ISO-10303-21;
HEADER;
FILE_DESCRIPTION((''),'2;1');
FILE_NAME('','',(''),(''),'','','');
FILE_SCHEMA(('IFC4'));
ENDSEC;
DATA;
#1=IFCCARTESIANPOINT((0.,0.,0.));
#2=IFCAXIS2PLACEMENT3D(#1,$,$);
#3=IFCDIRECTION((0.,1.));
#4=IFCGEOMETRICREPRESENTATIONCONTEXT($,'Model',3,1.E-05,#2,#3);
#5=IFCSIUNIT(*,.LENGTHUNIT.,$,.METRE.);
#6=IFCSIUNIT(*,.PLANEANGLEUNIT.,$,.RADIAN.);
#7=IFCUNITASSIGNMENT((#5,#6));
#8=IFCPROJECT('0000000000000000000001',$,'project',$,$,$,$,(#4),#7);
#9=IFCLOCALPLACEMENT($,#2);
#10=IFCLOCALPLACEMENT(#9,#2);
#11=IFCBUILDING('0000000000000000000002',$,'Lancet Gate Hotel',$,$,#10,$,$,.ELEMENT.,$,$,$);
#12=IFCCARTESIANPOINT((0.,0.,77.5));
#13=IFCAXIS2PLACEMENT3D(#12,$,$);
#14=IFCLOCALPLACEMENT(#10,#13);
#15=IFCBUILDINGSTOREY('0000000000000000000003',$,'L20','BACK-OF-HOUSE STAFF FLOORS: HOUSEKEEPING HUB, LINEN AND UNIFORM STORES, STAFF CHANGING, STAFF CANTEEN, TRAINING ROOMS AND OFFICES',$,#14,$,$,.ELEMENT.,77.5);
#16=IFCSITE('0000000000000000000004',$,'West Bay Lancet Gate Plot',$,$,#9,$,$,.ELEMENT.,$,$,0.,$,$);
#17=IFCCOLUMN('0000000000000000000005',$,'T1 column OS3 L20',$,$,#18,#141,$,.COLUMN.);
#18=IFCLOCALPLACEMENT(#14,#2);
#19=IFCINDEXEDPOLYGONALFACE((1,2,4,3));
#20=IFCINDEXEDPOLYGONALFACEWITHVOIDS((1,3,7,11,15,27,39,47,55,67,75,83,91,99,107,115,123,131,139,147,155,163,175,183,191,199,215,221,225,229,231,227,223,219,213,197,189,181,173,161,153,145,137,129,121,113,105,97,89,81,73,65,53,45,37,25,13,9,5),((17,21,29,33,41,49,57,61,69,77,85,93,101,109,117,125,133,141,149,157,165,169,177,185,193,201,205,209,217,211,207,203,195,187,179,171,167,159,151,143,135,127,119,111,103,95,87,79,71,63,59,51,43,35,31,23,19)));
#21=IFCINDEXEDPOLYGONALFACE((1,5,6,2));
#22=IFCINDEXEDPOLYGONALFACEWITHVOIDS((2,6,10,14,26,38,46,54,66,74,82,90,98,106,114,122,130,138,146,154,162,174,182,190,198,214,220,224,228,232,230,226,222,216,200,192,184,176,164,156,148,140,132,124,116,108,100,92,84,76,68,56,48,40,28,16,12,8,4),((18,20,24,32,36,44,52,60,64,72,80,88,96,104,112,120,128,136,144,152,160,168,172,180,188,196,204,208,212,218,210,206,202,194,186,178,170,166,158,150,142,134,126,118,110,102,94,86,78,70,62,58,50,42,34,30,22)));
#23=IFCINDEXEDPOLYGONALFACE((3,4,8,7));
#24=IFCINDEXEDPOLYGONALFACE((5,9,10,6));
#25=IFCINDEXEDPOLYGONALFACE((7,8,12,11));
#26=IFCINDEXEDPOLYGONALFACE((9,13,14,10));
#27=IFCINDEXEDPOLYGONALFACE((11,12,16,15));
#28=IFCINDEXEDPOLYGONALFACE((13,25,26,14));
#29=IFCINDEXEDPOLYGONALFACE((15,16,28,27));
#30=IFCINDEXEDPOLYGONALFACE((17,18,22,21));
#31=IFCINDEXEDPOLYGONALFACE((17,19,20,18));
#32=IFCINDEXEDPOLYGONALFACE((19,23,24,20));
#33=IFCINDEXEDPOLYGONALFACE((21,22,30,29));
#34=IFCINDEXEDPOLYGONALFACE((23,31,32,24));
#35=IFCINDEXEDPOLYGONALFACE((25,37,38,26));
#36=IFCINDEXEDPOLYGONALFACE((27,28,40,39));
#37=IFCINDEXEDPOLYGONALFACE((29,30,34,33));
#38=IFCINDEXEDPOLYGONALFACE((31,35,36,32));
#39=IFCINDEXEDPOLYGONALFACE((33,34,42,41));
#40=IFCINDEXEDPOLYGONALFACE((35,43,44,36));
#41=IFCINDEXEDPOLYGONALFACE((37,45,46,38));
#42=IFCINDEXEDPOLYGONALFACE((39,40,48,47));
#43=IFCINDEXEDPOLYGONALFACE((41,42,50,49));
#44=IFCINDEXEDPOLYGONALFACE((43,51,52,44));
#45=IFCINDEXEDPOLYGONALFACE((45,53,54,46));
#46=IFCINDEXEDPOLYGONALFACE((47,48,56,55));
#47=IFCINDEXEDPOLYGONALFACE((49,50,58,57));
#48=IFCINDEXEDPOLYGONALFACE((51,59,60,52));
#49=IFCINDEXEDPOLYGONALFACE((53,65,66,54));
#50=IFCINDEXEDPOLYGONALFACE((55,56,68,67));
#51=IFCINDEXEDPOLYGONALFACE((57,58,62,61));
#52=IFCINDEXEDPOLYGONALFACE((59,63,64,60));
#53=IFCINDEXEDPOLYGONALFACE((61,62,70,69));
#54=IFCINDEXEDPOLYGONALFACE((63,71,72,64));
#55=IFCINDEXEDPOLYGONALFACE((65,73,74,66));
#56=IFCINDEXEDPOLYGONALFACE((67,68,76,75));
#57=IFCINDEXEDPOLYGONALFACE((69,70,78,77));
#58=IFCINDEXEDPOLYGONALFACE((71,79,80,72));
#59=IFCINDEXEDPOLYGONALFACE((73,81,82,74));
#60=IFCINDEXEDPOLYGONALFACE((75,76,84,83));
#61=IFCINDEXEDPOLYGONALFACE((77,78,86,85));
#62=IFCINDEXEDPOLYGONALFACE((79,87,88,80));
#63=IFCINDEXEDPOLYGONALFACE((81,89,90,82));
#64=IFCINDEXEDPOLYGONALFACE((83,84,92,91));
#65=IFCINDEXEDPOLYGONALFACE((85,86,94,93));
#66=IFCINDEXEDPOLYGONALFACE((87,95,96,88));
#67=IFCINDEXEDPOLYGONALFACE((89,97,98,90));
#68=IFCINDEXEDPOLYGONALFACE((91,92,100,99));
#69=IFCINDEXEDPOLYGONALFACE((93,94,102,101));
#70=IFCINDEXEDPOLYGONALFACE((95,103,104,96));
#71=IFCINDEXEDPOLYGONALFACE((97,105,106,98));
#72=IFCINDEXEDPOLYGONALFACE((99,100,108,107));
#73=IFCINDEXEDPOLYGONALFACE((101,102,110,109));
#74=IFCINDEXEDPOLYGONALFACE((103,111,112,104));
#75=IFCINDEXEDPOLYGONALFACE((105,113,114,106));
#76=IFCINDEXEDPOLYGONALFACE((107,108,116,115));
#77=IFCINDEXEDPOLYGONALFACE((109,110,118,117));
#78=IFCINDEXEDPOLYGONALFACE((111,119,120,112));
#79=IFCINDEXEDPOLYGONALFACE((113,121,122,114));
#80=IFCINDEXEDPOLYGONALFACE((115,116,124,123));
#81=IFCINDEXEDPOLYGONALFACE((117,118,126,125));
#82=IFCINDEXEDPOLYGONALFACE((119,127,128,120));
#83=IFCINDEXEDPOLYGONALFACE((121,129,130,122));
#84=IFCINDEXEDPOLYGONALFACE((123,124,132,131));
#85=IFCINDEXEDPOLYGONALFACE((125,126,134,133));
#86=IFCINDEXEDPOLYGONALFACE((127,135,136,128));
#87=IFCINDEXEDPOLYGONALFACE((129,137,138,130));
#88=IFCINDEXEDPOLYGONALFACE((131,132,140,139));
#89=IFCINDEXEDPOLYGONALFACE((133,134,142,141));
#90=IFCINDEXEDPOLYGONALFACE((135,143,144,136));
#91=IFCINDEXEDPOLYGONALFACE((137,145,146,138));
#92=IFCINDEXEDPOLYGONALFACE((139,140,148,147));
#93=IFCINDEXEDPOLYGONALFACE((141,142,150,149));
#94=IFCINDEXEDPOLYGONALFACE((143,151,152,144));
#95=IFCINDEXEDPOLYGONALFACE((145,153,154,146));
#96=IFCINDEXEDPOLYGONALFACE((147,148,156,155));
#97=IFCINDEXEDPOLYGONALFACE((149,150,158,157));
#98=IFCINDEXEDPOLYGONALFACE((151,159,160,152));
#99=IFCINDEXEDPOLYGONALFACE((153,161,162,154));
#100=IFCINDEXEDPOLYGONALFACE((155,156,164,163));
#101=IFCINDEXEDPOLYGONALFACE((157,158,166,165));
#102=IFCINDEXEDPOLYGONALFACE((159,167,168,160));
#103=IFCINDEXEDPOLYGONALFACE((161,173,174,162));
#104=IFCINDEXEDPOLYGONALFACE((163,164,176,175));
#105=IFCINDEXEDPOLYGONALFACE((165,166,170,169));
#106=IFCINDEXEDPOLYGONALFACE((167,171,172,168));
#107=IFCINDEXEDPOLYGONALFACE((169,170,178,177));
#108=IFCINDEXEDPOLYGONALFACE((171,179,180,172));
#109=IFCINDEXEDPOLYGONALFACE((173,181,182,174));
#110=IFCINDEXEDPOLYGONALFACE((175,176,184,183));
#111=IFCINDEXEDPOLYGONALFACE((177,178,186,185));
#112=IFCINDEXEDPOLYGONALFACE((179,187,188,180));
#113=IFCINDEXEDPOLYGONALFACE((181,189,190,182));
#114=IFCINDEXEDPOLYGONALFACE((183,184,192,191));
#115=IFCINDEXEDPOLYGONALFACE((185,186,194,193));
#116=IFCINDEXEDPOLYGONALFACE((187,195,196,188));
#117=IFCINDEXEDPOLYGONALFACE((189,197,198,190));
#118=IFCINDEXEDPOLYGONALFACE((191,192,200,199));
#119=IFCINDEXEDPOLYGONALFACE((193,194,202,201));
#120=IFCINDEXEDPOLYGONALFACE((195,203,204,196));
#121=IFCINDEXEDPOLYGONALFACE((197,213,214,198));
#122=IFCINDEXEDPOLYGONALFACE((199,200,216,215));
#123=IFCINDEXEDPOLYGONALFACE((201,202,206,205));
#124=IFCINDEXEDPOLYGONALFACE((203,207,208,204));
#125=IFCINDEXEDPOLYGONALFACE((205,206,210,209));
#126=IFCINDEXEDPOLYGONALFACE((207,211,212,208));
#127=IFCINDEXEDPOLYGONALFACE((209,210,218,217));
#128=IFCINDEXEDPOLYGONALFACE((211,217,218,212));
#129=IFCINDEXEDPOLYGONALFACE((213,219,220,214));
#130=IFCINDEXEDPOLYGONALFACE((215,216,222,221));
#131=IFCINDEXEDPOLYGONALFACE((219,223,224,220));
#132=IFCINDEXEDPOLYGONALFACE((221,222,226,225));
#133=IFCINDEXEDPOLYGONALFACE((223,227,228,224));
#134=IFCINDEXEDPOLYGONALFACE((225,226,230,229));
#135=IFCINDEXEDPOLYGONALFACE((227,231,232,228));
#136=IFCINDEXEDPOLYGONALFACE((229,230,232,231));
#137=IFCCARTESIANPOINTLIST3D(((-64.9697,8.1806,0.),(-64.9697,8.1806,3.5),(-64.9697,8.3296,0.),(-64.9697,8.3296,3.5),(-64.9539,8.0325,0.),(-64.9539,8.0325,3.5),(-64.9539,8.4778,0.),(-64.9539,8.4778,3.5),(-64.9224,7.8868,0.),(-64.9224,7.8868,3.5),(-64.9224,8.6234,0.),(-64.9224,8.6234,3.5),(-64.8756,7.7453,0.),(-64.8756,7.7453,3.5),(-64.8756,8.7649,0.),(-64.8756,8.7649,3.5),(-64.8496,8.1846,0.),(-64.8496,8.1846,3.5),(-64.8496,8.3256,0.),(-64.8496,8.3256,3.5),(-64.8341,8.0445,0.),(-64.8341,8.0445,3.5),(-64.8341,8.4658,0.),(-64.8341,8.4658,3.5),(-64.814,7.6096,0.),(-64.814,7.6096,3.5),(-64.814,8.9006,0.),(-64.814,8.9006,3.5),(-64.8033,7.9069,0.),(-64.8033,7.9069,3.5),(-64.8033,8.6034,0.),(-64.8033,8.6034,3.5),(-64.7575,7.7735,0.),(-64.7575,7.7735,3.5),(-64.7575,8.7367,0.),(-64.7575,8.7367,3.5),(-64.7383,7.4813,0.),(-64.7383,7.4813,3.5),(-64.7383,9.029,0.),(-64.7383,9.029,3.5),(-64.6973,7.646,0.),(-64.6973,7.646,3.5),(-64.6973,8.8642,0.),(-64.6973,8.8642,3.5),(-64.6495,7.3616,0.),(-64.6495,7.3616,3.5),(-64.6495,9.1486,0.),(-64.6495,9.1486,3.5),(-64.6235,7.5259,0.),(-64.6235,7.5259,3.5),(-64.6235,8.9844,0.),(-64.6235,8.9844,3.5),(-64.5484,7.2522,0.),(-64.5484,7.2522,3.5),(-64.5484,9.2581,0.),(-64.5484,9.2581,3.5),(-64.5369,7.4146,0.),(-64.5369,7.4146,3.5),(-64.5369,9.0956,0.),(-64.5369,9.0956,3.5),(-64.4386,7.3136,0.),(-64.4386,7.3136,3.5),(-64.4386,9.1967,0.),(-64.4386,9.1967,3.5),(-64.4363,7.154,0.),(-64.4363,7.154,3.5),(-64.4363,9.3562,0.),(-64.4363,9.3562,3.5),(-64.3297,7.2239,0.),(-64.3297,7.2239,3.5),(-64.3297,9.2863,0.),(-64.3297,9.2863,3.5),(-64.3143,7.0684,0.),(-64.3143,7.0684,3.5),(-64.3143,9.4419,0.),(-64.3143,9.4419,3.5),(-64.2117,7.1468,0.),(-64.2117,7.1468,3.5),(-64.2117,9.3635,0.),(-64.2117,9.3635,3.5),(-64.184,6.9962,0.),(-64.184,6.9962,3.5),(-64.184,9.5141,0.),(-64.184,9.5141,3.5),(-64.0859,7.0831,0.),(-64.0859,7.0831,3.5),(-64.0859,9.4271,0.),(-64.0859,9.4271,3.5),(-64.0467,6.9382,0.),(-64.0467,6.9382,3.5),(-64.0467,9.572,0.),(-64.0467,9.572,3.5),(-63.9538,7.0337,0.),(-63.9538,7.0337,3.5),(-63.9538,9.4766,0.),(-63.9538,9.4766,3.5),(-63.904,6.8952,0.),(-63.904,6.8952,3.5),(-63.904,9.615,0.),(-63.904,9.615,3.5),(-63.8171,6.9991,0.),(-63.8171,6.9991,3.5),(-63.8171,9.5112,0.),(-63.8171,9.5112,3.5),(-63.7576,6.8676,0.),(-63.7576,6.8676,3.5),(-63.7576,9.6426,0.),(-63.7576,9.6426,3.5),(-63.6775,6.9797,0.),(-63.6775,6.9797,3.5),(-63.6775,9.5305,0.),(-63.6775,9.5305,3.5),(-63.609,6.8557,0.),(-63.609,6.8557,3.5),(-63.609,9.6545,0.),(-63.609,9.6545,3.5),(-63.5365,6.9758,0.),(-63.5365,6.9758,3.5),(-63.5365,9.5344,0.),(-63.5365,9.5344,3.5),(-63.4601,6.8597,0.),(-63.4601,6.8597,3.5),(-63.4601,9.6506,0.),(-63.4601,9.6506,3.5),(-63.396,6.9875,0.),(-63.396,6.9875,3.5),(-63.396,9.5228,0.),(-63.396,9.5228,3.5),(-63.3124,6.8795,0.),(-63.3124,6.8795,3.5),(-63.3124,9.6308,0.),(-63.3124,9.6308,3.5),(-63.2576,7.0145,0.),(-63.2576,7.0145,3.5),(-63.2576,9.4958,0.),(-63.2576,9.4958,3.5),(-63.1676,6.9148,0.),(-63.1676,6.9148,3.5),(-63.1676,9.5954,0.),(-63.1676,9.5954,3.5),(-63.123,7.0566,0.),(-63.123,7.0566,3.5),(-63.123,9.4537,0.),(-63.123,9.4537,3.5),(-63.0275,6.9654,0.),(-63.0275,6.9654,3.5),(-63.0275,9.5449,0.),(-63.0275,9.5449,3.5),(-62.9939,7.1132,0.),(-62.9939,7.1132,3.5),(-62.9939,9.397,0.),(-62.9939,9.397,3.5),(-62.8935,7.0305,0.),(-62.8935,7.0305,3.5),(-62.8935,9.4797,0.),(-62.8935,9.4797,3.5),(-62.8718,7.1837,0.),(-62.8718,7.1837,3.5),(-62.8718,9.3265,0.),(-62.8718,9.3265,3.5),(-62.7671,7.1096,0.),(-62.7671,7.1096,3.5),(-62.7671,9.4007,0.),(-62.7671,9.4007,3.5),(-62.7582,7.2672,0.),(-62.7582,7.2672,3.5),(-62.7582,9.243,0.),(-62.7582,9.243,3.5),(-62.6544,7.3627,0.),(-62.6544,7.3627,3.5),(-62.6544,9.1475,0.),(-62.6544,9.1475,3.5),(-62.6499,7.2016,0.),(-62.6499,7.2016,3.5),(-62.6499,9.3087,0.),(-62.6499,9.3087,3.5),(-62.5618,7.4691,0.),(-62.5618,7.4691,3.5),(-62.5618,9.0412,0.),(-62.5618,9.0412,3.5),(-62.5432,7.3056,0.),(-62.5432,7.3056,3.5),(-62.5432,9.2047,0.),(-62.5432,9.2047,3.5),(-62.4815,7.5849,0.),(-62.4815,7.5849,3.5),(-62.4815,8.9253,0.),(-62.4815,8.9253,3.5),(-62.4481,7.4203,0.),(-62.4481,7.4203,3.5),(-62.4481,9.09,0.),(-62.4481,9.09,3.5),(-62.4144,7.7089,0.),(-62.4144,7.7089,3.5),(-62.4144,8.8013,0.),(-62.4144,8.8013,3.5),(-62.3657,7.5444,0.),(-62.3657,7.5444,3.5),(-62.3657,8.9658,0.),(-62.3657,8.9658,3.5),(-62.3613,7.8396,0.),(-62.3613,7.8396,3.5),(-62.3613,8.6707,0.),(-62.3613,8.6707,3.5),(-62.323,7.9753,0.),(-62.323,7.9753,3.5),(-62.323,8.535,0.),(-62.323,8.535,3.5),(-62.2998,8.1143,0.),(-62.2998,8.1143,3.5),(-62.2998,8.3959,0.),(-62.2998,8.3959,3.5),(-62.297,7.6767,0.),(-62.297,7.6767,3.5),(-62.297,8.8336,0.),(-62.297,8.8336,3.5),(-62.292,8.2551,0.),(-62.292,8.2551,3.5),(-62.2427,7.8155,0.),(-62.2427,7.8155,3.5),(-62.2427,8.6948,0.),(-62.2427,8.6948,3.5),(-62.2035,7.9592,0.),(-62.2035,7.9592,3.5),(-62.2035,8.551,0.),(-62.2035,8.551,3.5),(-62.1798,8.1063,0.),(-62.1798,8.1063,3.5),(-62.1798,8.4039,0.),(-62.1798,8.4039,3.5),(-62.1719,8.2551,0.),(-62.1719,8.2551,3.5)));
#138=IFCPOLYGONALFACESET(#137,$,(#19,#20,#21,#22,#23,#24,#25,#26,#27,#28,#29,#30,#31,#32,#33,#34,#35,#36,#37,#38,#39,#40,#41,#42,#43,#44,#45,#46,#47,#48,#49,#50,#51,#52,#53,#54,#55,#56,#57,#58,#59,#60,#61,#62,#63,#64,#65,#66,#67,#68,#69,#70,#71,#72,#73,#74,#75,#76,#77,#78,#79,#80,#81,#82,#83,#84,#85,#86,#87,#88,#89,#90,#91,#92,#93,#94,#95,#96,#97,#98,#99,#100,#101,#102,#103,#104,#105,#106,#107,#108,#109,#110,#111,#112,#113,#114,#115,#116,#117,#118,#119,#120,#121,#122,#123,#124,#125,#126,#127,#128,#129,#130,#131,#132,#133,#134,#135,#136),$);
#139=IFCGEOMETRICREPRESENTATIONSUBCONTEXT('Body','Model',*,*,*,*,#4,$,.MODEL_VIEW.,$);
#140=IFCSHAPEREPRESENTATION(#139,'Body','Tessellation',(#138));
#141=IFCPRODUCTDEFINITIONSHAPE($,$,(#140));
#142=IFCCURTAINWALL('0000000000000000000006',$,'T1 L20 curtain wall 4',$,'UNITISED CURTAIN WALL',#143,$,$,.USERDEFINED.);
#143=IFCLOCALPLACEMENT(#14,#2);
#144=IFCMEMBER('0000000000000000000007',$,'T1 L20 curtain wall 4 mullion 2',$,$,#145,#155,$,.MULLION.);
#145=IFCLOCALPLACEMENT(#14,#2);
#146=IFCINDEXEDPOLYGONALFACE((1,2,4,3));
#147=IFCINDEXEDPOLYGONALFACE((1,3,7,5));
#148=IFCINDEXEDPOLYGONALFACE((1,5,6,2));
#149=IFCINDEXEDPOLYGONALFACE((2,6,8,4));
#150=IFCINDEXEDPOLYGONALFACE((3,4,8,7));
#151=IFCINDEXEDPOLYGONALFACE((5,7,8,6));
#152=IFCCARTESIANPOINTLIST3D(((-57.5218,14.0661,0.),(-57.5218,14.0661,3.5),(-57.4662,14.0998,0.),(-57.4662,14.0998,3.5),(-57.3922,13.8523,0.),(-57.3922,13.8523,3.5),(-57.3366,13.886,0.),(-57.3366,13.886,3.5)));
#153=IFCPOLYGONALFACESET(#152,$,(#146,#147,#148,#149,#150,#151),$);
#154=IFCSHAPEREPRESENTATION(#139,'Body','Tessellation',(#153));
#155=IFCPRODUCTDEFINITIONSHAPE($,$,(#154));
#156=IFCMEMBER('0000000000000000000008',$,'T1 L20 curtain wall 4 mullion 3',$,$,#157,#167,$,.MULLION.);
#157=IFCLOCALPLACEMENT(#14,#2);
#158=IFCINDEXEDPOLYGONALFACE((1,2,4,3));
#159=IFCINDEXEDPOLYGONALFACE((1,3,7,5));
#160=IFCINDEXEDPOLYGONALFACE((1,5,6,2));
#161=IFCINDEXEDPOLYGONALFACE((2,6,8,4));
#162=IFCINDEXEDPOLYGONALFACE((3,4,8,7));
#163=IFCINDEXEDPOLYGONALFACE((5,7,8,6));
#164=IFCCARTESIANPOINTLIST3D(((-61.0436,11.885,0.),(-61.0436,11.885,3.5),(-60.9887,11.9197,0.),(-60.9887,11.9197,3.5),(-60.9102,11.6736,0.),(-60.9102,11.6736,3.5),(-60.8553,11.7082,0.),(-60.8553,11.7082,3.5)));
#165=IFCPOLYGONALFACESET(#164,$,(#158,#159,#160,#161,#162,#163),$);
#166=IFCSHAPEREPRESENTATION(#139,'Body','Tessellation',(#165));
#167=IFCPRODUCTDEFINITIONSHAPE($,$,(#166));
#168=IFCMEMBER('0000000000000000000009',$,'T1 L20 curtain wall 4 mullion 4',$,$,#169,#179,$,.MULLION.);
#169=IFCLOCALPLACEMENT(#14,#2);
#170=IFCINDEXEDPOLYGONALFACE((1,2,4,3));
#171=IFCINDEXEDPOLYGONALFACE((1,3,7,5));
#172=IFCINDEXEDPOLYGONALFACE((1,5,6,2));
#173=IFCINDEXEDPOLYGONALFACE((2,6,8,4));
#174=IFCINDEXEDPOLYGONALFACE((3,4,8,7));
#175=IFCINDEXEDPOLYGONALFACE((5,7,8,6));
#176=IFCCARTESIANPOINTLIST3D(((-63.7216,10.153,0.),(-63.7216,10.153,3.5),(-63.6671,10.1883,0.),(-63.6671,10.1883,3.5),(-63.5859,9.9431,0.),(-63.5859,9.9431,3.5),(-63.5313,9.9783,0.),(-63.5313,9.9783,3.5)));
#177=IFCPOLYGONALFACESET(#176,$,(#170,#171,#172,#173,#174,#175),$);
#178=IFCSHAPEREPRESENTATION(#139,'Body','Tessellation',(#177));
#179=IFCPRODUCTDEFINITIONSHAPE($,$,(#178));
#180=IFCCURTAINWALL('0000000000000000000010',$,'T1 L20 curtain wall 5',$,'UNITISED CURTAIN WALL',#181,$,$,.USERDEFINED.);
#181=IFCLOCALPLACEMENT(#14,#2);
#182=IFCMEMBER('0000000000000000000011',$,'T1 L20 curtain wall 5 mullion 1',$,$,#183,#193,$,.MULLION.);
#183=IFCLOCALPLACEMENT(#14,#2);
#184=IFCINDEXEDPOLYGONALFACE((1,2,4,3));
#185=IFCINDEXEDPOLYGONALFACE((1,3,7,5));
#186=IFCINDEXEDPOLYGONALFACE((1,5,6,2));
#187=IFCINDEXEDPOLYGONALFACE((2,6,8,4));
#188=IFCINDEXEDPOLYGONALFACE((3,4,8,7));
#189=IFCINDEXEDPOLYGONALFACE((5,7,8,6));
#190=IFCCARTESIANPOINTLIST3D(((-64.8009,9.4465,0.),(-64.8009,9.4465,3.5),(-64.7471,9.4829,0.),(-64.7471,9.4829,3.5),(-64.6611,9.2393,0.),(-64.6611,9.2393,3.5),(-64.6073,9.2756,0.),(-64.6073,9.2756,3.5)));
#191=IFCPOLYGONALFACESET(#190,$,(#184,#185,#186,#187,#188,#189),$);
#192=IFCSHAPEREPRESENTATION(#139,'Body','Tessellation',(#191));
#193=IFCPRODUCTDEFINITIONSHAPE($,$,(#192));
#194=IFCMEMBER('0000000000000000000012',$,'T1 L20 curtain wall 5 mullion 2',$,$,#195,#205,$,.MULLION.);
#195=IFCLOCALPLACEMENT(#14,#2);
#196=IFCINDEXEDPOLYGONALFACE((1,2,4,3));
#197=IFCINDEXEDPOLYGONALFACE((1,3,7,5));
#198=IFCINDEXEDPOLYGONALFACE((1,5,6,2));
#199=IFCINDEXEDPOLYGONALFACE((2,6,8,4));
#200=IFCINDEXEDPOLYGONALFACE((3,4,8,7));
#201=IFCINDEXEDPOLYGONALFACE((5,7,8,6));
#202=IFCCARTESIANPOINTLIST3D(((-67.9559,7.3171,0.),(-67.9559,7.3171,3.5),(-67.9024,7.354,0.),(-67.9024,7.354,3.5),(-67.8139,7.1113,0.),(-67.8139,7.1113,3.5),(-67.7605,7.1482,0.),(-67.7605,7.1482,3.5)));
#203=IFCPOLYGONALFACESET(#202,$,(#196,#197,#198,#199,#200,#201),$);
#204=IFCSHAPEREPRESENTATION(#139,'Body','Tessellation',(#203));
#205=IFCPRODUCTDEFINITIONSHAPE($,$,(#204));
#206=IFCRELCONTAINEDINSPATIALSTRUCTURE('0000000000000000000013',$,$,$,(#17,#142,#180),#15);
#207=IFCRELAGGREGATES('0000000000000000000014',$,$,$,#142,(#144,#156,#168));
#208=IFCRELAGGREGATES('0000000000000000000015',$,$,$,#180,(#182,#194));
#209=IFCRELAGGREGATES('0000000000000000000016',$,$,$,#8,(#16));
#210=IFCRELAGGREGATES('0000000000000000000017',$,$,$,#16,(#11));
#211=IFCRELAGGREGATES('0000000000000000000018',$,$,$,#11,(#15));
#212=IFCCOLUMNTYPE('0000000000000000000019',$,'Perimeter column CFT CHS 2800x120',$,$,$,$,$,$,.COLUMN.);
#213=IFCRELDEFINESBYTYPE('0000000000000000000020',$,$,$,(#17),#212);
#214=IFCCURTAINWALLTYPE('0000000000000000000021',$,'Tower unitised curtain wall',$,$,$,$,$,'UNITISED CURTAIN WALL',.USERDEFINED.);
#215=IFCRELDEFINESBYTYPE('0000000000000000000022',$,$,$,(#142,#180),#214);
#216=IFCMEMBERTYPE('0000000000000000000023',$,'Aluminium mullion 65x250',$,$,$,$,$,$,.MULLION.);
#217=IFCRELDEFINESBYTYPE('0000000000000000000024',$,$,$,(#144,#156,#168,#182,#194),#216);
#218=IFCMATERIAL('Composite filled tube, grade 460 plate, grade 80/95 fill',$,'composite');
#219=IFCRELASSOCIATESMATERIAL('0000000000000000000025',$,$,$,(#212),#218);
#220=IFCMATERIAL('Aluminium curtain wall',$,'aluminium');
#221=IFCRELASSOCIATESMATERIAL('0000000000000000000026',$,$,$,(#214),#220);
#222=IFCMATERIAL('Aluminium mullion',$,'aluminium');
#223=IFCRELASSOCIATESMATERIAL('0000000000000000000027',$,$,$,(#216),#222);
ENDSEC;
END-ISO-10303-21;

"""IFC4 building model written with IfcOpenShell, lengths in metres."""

from ifc_helpers import new_model, si_unit, direction, frame, origin, origin_2d, place, context, subcontext, project, spatial, rectangle, hollow_circle, extrude, material, material_profile, profile_set, type_object, element, aggregate, save


model = new_model("IFC4")

# Units and contexts
model_context = context("Model", 3, precision=1e-05, world=origin(), true_north=direction((0.0, 1.0)))
body_context = subcontext(model_context, "Body", "Model", "MODEL_VIEW")
ifc_project = project(units=[si_unit("LENGTHUNIT", "METRE"), si_unit("PLANEANGLEUNIT", "RADIAN")], contexts=[model_context])

# Site, building, storey
site_placement = place(None, origin())
site = spatial("IfcSite", under=ifc_project, at=site_placement, Name="West Bay Lancet Gate Plot", CompositionType="ELEMENT", RefElevation=0.0)
building_placement = place(site_placement, origin())
building = spatial("IfcBuilding", under=site, at=building_placement, Name="Lancet Gate Hotel", CompositionType="ELEMENT")
storey_placement = place(building_placement, frame((0.0, 0.0, 77.5)))
storey = spatial("IfcBuildingStorey", under=building, at=storey_placement, Name="L20", Description="BACK-OF-HOUSE STAFF FLOORS: HOUSEKEEPING HUB, LINEN AND UNIFORM STORES, STAFF CHANGING, STAFF CANTEEN, TRAINING ROOMS AND OFFICES", CompositionType="ELEMENT", Elevation=77.5)

# Column
ifc_material_1 = material(Name="Composite filled tube, grade 460 plate, grade 80/95 fill", Category="composite")
ifc_material_profile_1 = material_profile(ifc_material_1, hollow_circle(Radius=1.3999, WallThickness=0.1201, at=origin_2d()), Name="CHS 2800x120")
ifc_profile_set_1 = profile_set([ifc_material_profile_1], Name="Composite filled tube, grade 460 plate, grade 80/95 fill")
column_type = type_object("IfcColumnType", Name="Perimeter column CFT CHS 2800x120", PredefinedType="COLUMN", material=ifc_profile_set_1)
column_placement = place(storey_placement, frame((-63.5718, 8.2551, 0.0), z_axis=(0.0, 0.0, 1.0), x_axis=(1.0, 0.0, 0.0)))
element("IfcColumn", 1, at=column_placement, inside=storey, type_object=column_type, Name="T1 column OS3 L20", PredefinedType="COLUMN", context=body_context, shape_type="SweptSolid", body=[
    extrude(hollow_circle(Radius=1.3999, WallThickness=0.1201, at=origin_2d()), origin(), (0.0, 0.0, 1.0), 3.5),
])

# Curtain walls, members
ifc_material_2 = material(Name="Aluminium curtain wall", Category="aluminium")
curtain_wall_type = type_object("IfcCurtainWallType", Name="Tower unitised curtain wall", ElementType="UNITISED CURTAIN WALL", PredefinedType="USERDEFINED", material=ifc_material_2)
curtain_wall_1_placement = place(storey_placement, origin())
curtain_wall_1 = element("IfcCurtainWall", 2, at=curtain_wall_1_placement, inside=storey, type_object=curtain_wall_type, Name="T1 L20 curtain wall 4", ObjectType="UNITISED CURTAIN WALL", PredefinedType="USERDEFINED")
ifc_material_3 = material(Name="Aluminium mullion", Category="aluminium")
ifc_material_profile_2 = material_profile(ifc_material_3, rectangle(XDim=0.0649, YDim=0.25, at=origin_2d()), Name="MULLION 65x250")
ifc_profile_set_2 = profile_set([ifc_material_profile_2], Name="Aluminium mullion")
member_type_1 = type_object("IfcMemberType", Name="Aluminium mullion 65x250", PredefinedType="MULLION", material=ifc_profile_set_2)
member_1_placement = place(storey_placement, frame((-57.4292, 13.9761, 0.0), z_axis=(0.0, 0.0, 1.0), x_axis=(-0.855145, -0.518389, 0.0)))
member_1 = element("IfcMember", 3, at=member_1_placement, type_object=member_type_1, Name="T1 L20 curtain wall 4 mullion 2", PredefinedType="MULLION", context=body_context, shape_type="SweptSolid", body=[
    extrude(rectangle(XDim=0.0649, YDim=0.25, at=origin_2d()), origin(), (0.0, 0.0, 1.0), 3.5),
])
member_2_placement = place(storey_placement, frame((-60.9495, 11.7966, 0.0), z_axis=(0.0, 0.0, 1.0), x_axis=(-0.845709, -0.533644, 0.0)))
member_2 = element("IfcMember", 4, at=member_2_placement, type_object=member_type_1, Name="T1 L20 curtain wall 4 mullion 3", PredefinedType="MULLION", context=body_context, shape_type="SweptSolid", body=[
    extrude(rectangle(XDim=0.0649, YDim=0.25, at=origin_2d()), origin(), (0.0, 0.0, 1.0), 3.5),
])
member_3_placement = place(storey_placement, frame((-63.6265, 10.0657, 0.0), z_axis=(0.0, 0.0, 1.0), x_axis=(-0.839749, -0.542975, 0.0)))
member_3 = element("IfcMember", 5, at=member_3_placement, type_object=member_type_1, Name="T1 L20 curtain wall 4 mullion 4", PredefinedType="MULLION", context=body_context, shape_type="SweptSolid", body=[
    extrude(rectangle(XDim=0.0649, YDim=0.25, at=origin_2d()), origin(), (0.0, 0.0, 1.0), 3.5),
])
curtain_wall_2_placement = place(storey_placement, origin())
curtain_wall_2 = element("IfcCurtainWall", 6, at=curtain_wall_2_placement, inside=storey, type_object=curtain_wall_type, Name="T1 L20 curtain wall 5", ObjectType="UNITISED CURTAIN WALL", PredefinedType="USERDEFINED")
member_4_placement = place(storey_placement, frame((-64.7041, 9.3611, 0.0), z_axis=(0.0, 0.0, 1.0), x_axis=(-0.828946, -0.559329, 0.0)))
member_4 = element("IfcMember", 7, at=member_4_placement, type_object=member_type_1, Name="T1 L20 curtain wall 5 mullion 1", PredefinedType="MULLION", context=body_context, shape_type="SweptSolid", body=[
    extrude(rectangle(XDim=0.0649, YDim=0.25, at=origin_2d()), origin(), (0.0, 0.0, 1.0), 3.5),
])
member_5_placement = place(storey_placement, frame((-67.8582, 7.2327, 0.0), z_axis=(0.0, 0.0, 1.0), x_axis=(-0.823191, -0.567765, 0.0)))
member_5 = element("IfcMember", 8, at=member_5_placement, type_object=member_type_1, Name="T1 L20 curtain wall 5 mullion 2", PredefinedType="MULLION", context=body_context, shape_type="SweptSolid", body=[
    extrude(rectangle(XDim=0.0649, YDim=0.25, at=origin_2d()), origin(), (0.0, 0.0, 1.0), 3.5),
])

aggregate(curtain_wall_1, [member_1, member_2, member_3])
aggregate(curtain_wall_2, [member_4, member_5])

save(model, "model.ifc")
